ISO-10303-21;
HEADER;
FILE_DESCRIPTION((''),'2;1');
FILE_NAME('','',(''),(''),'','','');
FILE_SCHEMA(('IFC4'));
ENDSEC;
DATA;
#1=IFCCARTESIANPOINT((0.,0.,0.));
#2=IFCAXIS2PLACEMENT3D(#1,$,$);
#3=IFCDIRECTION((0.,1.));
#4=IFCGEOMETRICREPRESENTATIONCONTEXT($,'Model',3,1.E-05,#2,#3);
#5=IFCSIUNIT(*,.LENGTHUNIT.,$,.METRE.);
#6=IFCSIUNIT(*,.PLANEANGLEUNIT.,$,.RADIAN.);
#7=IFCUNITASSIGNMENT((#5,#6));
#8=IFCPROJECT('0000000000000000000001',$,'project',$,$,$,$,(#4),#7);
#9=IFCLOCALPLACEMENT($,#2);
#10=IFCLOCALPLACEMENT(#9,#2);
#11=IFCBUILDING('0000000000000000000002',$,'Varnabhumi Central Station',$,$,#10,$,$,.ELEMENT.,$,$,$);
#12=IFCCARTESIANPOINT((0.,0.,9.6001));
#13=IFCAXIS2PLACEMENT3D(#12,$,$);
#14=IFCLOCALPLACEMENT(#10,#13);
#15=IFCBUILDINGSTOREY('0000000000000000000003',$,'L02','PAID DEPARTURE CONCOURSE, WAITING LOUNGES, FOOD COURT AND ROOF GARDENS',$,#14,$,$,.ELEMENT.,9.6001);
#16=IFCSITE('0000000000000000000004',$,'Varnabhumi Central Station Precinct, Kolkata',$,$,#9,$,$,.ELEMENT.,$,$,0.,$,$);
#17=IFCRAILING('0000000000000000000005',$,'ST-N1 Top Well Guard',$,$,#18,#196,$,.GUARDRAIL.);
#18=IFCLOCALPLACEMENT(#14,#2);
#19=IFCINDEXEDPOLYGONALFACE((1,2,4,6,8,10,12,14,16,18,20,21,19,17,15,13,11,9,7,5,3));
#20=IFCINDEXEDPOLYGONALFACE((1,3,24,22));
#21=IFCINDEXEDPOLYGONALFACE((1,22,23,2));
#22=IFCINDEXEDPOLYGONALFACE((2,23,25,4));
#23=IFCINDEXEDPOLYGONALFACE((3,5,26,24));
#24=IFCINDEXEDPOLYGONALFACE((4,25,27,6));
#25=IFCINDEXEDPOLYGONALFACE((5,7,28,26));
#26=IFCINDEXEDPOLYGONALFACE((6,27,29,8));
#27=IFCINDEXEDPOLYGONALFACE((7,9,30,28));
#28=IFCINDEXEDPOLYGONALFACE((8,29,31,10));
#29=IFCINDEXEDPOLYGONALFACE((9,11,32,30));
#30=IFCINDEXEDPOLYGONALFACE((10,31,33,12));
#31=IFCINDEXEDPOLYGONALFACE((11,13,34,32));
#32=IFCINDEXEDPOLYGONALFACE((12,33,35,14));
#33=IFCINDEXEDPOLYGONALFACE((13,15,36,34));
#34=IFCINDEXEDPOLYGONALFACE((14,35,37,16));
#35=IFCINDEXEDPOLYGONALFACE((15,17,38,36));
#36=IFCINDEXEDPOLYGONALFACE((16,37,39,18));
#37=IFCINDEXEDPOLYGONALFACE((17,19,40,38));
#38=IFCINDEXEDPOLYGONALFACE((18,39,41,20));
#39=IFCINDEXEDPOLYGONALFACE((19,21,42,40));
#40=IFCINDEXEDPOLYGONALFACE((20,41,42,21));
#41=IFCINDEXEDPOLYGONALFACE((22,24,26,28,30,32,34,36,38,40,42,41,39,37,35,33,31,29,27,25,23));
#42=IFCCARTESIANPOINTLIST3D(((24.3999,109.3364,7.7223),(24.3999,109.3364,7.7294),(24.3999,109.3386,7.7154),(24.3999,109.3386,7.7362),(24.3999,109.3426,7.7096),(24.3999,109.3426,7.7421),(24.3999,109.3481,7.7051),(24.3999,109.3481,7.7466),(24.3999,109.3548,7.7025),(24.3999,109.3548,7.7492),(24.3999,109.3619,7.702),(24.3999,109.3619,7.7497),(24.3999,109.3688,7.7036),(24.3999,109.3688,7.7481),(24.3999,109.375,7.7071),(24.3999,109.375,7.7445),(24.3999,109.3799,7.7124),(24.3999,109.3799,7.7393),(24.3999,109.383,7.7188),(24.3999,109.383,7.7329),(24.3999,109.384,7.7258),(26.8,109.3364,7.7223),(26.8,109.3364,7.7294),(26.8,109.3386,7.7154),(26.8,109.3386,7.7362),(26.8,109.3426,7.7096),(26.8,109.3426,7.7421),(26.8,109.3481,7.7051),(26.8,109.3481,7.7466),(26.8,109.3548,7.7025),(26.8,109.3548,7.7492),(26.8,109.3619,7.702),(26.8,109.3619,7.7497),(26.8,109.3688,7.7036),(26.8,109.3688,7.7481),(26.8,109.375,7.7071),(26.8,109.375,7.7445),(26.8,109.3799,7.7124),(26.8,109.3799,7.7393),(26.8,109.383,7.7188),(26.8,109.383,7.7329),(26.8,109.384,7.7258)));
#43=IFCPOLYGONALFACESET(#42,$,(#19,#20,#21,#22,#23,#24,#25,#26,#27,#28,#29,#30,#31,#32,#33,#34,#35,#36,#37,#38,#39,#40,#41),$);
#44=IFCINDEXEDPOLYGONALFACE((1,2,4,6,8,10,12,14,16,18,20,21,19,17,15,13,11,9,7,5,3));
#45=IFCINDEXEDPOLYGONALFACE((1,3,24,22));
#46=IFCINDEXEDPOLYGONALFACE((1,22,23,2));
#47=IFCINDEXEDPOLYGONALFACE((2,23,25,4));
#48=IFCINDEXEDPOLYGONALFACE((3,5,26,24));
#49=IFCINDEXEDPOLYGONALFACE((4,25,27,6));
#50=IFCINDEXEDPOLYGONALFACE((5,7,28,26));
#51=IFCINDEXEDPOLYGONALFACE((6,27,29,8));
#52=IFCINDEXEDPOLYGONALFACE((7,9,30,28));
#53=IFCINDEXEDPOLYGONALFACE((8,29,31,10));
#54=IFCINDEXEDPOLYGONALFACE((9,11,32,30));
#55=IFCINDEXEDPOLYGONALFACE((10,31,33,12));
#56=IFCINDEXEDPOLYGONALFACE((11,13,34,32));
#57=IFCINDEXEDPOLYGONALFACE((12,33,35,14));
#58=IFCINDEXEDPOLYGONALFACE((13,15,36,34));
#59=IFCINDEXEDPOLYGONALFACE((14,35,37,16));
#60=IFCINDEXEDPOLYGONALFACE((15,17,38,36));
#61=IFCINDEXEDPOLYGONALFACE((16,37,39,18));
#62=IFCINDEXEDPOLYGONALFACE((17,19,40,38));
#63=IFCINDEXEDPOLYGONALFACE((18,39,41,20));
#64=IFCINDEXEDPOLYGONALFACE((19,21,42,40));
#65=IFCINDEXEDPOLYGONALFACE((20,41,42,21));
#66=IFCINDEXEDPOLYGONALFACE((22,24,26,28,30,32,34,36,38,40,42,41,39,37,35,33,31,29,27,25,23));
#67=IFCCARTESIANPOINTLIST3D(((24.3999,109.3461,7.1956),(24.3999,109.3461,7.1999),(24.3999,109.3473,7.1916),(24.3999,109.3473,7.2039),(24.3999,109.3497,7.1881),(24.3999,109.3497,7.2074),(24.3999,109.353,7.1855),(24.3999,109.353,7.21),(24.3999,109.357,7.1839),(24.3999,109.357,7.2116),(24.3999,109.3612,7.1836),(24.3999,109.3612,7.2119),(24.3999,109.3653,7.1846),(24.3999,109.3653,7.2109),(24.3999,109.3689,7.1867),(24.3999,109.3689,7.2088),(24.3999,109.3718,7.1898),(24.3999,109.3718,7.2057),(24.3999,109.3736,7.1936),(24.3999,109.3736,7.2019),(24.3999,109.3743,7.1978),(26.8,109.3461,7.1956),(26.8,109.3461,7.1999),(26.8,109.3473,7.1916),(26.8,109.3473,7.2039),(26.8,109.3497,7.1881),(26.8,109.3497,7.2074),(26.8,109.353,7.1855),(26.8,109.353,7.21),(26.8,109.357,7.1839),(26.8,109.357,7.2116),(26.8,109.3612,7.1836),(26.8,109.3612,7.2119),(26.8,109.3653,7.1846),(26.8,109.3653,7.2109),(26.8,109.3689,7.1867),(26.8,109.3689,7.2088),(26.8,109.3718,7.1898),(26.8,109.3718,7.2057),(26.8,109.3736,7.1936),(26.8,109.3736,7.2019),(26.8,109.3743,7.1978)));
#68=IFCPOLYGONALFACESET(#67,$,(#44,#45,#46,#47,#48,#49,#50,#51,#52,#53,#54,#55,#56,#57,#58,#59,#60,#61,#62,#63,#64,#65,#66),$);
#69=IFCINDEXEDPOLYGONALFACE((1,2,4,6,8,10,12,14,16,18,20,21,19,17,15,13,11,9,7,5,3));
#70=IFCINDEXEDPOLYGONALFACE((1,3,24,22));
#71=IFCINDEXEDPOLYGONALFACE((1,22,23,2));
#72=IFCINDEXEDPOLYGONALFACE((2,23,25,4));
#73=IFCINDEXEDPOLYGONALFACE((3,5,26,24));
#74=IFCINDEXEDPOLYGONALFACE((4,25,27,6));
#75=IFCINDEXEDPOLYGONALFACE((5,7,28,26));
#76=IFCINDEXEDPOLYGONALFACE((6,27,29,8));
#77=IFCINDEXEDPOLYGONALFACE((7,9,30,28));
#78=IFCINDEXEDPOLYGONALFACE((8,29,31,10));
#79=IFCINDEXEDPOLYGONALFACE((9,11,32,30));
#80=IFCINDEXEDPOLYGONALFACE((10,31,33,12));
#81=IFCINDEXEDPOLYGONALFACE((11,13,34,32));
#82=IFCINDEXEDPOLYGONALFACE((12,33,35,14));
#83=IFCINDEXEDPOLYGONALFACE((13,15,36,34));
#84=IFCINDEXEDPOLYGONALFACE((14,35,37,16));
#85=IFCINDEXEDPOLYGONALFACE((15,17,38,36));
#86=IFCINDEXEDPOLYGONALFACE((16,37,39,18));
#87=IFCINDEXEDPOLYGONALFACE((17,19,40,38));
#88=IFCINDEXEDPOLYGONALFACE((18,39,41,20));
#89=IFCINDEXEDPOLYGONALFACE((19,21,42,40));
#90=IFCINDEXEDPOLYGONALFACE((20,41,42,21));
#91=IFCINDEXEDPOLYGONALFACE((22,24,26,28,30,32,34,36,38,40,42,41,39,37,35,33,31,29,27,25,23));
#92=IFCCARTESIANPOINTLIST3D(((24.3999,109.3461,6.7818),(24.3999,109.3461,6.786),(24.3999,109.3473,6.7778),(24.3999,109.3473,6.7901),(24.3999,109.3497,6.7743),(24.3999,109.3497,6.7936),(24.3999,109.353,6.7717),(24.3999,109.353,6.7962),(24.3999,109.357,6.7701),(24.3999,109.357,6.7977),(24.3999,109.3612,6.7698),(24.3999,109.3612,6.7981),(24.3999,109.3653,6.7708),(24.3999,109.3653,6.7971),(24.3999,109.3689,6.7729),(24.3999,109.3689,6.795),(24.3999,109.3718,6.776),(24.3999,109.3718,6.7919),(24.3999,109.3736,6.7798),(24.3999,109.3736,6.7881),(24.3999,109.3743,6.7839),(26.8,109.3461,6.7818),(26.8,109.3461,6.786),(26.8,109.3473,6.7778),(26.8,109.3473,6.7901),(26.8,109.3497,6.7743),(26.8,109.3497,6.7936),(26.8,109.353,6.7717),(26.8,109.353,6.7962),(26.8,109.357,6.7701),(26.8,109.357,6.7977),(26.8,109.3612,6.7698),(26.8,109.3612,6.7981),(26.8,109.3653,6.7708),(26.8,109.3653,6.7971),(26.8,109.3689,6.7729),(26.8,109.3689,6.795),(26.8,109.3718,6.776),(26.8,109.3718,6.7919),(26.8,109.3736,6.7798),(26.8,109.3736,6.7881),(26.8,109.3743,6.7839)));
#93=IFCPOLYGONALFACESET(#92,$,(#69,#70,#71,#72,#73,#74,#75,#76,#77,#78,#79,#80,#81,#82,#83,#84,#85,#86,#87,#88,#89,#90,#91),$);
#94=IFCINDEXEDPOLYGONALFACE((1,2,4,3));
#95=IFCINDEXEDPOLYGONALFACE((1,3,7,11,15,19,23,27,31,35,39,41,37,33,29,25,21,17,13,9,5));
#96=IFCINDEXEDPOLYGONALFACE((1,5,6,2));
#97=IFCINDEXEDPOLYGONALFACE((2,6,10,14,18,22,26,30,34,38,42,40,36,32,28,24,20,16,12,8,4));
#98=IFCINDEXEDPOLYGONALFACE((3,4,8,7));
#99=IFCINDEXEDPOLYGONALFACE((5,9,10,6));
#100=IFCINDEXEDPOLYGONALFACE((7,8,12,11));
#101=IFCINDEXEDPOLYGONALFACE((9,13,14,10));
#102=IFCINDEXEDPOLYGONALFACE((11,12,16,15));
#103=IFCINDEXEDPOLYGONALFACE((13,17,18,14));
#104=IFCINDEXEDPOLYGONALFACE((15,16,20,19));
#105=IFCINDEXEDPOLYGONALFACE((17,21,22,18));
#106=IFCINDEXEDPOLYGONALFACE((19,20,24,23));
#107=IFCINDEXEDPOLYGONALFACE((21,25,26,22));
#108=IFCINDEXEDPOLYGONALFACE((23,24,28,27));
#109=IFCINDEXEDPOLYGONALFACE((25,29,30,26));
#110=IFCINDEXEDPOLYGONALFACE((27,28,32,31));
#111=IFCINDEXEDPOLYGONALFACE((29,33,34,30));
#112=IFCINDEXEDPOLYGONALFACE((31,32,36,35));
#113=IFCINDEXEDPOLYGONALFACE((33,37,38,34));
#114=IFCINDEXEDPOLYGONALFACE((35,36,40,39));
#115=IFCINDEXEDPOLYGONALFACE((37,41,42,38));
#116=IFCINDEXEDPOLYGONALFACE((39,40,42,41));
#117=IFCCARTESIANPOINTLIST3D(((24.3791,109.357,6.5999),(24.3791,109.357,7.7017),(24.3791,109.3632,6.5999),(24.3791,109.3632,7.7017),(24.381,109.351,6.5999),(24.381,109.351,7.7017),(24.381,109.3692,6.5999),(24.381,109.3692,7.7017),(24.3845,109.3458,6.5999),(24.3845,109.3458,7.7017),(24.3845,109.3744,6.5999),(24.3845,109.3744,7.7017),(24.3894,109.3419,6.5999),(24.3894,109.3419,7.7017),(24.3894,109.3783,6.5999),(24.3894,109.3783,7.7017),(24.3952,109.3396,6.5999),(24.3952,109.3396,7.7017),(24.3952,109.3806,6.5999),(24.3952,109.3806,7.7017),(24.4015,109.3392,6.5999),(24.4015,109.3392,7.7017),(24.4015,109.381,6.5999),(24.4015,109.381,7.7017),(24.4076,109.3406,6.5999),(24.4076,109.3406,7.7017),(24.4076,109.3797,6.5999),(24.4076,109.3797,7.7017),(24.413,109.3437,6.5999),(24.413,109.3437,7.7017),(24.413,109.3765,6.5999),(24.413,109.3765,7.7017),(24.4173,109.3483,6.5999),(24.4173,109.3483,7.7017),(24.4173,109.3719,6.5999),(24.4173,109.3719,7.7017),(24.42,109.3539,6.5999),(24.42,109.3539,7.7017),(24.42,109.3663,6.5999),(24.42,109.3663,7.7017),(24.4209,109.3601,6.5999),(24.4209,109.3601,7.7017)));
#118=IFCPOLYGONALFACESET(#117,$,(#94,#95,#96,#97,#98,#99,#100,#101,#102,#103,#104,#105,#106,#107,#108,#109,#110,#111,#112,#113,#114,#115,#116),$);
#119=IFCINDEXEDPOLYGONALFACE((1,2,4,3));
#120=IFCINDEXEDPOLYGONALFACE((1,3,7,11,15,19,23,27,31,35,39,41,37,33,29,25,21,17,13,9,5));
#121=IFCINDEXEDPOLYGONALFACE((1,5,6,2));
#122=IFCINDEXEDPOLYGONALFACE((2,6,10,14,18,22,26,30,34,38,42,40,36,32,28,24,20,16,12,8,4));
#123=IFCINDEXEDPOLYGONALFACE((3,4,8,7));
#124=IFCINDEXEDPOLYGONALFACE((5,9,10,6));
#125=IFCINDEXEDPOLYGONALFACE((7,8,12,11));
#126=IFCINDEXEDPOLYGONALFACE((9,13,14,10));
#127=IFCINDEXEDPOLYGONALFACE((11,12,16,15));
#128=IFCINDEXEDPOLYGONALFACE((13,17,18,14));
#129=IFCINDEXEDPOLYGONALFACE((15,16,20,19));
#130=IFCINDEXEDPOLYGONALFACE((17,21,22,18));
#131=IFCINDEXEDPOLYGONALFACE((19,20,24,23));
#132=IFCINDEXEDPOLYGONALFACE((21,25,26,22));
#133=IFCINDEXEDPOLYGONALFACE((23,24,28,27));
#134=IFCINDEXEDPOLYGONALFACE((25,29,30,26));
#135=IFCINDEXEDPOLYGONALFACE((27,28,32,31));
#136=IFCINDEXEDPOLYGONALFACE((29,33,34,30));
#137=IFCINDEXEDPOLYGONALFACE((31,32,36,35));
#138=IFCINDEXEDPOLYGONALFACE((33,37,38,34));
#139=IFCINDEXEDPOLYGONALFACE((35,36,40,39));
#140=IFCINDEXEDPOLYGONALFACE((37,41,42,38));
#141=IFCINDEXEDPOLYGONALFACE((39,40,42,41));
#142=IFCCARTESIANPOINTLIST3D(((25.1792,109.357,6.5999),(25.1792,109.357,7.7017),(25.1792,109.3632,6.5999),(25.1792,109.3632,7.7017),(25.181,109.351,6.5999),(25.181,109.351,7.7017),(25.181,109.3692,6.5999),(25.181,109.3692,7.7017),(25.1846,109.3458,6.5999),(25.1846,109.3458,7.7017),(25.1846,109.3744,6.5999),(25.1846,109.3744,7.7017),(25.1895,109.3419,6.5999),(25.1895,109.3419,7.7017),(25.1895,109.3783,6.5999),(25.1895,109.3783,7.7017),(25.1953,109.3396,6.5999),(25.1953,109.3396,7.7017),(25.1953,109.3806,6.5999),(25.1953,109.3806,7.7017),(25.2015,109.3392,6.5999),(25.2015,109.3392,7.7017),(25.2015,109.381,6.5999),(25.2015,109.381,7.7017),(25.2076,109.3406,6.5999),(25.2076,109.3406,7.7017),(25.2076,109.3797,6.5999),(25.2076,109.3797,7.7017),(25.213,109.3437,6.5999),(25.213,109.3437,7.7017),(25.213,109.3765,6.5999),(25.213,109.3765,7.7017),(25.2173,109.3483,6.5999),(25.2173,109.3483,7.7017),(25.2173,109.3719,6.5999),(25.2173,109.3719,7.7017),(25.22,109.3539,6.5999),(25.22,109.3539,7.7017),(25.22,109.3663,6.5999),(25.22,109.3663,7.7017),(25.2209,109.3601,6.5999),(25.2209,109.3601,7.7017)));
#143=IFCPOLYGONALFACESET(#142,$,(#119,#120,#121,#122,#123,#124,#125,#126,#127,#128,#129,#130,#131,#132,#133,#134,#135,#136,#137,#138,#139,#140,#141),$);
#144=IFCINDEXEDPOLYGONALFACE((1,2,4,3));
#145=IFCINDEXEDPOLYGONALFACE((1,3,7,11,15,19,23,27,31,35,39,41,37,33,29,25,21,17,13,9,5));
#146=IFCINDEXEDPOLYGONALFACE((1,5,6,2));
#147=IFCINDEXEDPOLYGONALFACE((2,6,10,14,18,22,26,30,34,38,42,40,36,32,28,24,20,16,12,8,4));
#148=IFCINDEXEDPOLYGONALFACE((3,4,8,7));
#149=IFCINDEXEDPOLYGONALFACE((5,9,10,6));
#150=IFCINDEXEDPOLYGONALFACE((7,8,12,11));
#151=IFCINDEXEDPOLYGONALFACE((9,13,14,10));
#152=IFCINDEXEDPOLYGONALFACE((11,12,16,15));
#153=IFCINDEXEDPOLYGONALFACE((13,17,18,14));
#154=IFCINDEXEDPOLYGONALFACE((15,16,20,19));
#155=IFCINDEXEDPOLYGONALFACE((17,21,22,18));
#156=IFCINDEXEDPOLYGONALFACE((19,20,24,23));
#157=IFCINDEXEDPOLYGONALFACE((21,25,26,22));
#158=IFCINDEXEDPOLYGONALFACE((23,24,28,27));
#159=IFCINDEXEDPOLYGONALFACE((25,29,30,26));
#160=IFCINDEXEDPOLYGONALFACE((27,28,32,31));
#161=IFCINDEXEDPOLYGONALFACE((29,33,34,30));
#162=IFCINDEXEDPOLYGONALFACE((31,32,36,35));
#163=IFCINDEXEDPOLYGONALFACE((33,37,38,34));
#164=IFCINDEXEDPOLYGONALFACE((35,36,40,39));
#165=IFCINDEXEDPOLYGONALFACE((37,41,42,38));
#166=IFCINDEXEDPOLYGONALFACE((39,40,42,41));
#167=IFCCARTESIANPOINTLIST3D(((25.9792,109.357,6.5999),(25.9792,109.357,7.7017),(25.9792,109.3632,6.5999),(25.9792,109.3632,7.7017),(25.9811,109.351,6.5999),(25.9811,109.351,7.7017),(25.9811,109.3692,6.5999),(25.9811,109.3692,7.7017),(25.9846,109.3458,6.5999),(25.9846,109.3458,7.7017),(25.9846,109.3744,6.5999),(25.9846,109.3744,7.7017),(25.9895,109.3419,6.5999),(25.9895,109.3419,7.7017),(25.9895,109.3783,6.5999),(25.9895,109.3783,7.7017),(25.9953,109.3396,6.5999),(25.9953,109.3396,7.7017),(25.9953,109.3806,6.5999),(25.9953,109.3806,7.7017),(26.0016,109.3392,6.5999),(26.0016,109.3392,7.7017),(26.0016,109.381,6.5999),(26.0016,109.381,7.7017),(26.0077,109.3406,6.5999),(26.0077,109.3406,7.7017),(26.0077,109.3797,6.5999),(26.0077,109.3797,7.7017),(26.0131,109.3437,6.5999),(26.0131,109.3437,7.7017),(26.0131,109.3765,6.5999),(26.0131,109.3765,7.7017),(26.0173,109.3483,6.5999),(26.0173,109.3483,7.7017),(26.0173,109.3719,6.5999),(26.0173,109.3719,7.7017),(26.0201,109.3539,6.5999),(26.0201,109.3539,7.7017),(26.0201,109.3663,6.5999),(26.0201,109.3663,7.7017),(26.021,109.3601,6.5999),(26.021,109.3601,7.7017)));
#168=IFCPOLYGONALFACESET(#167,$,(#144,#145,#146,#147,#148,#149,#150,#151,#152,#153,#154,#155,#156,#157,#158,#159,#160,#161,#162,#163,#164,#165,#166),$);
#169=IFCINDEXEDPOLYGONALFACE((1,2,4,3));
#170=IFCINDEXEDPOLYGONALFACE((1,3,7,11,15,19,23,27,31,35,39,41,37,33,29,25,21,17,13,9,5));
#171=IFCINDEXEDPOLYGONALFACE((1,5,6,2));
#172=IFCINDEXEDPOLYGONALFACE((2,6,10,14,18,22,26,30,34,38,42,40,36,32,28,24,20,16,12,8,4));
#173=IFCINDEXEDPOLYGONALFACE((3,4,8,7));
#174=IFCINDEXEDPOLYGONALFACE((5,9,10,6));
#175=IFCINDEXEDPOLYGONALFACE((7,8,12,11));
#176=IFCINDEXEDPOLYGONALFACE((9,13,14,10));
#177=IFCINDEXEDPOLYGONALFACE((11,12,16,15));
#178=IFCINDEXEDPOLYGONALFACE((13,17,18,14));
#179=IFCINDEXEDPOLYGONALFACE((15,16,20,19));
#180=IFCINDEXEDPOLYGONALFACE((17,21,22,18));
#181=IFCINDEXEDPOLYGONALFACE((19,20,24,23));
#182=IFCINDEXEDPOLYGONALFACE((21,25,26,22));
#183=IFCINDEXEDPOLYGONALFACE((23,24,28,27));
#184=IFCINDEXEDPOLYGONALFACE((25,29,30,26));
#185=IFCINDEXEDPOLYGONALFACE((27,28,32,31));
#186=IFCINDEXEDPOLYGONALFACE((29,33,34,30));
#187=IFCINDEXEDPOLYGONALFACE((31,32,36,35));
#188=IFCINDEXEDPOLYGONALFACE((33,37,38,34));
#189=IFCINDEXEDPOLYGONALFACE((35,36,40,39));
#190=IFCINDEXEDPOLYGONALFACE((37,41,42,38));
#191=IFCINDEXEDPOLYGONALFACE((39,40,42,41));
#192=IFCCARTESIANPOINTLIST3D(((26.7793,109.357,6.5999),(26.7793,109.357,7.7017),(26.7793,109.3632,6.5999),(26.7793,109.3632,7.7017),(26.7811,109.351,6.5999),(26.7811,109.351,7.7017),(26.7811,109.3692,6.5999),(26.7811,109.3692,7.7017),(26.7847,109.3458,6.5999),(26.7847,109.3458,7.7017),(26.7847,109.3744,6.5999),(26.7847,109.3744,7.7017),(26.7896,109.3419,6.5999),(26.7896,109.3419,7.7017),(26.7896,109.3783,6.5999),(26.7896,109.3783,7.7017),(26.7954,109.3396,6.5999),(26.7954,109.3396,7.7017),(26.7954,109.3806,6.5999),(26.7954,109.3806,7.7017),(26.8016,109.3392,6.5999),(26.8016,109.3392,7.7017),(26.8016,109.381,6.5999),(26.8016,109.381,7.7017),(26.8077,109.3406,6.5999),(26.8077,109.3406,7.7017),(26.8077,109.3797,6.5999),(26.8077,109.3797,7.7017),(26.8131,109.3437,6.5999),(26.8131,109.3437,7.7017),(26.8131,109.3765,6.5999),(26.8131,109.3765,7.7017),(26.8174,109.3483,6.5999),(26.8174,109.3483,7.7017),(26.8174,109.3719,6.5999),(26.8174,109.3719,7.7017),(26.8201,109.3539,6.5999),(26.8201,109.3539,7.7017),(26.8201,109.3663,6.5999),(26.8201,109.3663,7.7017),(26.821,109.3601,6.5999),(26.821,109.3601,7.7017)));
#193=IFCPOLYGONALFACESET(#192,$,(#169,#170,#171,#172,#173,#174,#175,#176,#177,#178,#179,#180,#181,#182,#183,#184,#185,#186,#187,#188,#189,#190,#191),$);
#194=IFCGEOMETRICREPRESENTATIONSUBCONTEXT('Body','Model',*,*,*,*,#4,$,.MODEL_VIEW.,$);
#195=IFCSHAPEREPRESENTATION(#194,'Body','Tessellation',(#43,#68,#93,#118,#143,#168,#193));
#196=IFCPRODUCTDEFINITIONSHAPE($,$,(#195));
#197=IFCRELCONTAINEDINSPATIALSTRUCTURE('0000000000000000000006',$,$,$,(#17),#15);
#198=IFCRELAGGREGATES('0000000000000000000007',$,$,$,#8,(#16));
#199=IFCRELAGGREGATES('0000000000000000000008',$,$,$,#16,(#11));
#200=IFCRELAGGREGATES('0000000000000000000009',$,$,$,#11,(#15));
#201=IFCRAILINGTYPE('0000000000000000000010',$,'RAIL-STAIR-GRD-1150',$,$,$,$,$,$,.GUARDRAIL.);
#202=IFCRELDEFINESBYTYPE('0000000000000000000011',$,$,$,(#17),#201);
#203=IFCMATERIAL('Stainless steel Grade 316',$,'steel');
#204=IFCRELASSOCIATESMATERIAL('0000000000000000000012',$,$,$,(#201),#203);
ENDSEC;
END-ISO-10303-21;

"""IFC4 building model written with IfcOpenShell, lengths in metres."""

from ifc_helpers import new_model, si_unit, direction, frame, origin, origin_2d, place, context, subcontext, project, spatial, circle, extrude, material, type_object, element, save


model = new_model("IFC4")

# Units and contexts
model_context = context("Model", 3, precision=1e-05, world=origin(), true_north=direction((0.0, 1.0)))
body_context = subcontext(model_context, "Body", "Model", "MODEL_VIEW")
ifc_project = project(units=[si_unit("LENGTHUNIT", "METRE"), si_unit("PLANEANGLEUNIT", "RADIAN")], contexts=[model_context])

# Site, building, storey
site_placement = place(None, origin())
site = spatial("IfcSite", under=ifc_project, at=site_placement, Name="Varnabhumi Central Station Precinct, Kolkata", CompositionType="ELEMENT", RefElevation=0.0)
building_placement = place(site_placement, origin())
building = spatial("IfcBuilding", under=site, at=building_placement, Name="Varnabhumi Central Station", CompositionType="ELEMENT")
storey_placement = place(building_placement, frame((0.0, 0.0, 9.6001)))
storey = spatial("IfcBuildingStorey", under=building, at=storey_placement, Name="L02", Description="PAID DEPARTURE CONCOURSE, WAITING LOUNGES, FOOD COURT AND ROOF GARDENS", CompositionType="ELEMENT", Elevation=9.6001)

# Shared definitions
ifc_material_1 = material(Name="Stainless steel Grade 316", Category="steel")

# Railing
railing_type_1 = type_object("IfcRailingType", Name="RAIL-STAIR-GRD-1150", PredefinedType="GUARDRAIL", material=ifc_material_1)
railing_1_placement = place(storey_placement, frame((24.3999, 109.3601, 6.5999)))
element("IfcRailing", 1, at=railing_1_placement, inside=storey, type_object=railing_type_1, Name="ST-N1 Top Well Guard", PredefinedType="GUARDRAIL", context=body_context, shape_type="SweptSolid", body=[
    extrude(circle(Radius=0.0239, at=origin_2d()), frame((0.0, 0.0, 1.126), z_axis=(1.0, 0.0, 0.0), x_axis=(0.0, 1.0, 0.0)), (0.0, 0.0, 1.0), 2.4001),
    extrude(circle(Radius=0.0142, at=origin_2d()), frame((0.0, 0.0, 0.5979), z_axis=(1.0, 0.0, 0.0), x_axis=(0.0, 1.0, 0.0)), (0.0, 0.0, 1.0), 2.4001),
    extrude(circle(Radius=0.0142, at=origin_2d()), frame((0.0, 0.0, 0.1841), z_axis=(1.0, 0.0, 0.0), x_axis=(0.0, 1.0, 0.0)), (0.0, 0.0, 1.0), 2.4001),
    extrude(circle(Radius=0.021, at=origin_2d()), origin(), (0.0, 0.0, 1.0), 1.1018),
    extrude(circle(Radius=0.021, at=origin_2d()), frame((0.8, 0.0, 0.0)), (0.0, 0.0, 1.0), 1.1018),
    extrude(circle(Radius=0.021, at=origin_2d()), frame((1.6001, 0.0, 0.0)), (0.0, 0.0, 1.0), 1.1018),
    extrude(circle(Radius=0.021, at=origin_2d()), frame((2.4001, 0.0, 0.0)), (0.0, 0.0, 1.0), 1.1018),
])

save(model, "model.ifc")
